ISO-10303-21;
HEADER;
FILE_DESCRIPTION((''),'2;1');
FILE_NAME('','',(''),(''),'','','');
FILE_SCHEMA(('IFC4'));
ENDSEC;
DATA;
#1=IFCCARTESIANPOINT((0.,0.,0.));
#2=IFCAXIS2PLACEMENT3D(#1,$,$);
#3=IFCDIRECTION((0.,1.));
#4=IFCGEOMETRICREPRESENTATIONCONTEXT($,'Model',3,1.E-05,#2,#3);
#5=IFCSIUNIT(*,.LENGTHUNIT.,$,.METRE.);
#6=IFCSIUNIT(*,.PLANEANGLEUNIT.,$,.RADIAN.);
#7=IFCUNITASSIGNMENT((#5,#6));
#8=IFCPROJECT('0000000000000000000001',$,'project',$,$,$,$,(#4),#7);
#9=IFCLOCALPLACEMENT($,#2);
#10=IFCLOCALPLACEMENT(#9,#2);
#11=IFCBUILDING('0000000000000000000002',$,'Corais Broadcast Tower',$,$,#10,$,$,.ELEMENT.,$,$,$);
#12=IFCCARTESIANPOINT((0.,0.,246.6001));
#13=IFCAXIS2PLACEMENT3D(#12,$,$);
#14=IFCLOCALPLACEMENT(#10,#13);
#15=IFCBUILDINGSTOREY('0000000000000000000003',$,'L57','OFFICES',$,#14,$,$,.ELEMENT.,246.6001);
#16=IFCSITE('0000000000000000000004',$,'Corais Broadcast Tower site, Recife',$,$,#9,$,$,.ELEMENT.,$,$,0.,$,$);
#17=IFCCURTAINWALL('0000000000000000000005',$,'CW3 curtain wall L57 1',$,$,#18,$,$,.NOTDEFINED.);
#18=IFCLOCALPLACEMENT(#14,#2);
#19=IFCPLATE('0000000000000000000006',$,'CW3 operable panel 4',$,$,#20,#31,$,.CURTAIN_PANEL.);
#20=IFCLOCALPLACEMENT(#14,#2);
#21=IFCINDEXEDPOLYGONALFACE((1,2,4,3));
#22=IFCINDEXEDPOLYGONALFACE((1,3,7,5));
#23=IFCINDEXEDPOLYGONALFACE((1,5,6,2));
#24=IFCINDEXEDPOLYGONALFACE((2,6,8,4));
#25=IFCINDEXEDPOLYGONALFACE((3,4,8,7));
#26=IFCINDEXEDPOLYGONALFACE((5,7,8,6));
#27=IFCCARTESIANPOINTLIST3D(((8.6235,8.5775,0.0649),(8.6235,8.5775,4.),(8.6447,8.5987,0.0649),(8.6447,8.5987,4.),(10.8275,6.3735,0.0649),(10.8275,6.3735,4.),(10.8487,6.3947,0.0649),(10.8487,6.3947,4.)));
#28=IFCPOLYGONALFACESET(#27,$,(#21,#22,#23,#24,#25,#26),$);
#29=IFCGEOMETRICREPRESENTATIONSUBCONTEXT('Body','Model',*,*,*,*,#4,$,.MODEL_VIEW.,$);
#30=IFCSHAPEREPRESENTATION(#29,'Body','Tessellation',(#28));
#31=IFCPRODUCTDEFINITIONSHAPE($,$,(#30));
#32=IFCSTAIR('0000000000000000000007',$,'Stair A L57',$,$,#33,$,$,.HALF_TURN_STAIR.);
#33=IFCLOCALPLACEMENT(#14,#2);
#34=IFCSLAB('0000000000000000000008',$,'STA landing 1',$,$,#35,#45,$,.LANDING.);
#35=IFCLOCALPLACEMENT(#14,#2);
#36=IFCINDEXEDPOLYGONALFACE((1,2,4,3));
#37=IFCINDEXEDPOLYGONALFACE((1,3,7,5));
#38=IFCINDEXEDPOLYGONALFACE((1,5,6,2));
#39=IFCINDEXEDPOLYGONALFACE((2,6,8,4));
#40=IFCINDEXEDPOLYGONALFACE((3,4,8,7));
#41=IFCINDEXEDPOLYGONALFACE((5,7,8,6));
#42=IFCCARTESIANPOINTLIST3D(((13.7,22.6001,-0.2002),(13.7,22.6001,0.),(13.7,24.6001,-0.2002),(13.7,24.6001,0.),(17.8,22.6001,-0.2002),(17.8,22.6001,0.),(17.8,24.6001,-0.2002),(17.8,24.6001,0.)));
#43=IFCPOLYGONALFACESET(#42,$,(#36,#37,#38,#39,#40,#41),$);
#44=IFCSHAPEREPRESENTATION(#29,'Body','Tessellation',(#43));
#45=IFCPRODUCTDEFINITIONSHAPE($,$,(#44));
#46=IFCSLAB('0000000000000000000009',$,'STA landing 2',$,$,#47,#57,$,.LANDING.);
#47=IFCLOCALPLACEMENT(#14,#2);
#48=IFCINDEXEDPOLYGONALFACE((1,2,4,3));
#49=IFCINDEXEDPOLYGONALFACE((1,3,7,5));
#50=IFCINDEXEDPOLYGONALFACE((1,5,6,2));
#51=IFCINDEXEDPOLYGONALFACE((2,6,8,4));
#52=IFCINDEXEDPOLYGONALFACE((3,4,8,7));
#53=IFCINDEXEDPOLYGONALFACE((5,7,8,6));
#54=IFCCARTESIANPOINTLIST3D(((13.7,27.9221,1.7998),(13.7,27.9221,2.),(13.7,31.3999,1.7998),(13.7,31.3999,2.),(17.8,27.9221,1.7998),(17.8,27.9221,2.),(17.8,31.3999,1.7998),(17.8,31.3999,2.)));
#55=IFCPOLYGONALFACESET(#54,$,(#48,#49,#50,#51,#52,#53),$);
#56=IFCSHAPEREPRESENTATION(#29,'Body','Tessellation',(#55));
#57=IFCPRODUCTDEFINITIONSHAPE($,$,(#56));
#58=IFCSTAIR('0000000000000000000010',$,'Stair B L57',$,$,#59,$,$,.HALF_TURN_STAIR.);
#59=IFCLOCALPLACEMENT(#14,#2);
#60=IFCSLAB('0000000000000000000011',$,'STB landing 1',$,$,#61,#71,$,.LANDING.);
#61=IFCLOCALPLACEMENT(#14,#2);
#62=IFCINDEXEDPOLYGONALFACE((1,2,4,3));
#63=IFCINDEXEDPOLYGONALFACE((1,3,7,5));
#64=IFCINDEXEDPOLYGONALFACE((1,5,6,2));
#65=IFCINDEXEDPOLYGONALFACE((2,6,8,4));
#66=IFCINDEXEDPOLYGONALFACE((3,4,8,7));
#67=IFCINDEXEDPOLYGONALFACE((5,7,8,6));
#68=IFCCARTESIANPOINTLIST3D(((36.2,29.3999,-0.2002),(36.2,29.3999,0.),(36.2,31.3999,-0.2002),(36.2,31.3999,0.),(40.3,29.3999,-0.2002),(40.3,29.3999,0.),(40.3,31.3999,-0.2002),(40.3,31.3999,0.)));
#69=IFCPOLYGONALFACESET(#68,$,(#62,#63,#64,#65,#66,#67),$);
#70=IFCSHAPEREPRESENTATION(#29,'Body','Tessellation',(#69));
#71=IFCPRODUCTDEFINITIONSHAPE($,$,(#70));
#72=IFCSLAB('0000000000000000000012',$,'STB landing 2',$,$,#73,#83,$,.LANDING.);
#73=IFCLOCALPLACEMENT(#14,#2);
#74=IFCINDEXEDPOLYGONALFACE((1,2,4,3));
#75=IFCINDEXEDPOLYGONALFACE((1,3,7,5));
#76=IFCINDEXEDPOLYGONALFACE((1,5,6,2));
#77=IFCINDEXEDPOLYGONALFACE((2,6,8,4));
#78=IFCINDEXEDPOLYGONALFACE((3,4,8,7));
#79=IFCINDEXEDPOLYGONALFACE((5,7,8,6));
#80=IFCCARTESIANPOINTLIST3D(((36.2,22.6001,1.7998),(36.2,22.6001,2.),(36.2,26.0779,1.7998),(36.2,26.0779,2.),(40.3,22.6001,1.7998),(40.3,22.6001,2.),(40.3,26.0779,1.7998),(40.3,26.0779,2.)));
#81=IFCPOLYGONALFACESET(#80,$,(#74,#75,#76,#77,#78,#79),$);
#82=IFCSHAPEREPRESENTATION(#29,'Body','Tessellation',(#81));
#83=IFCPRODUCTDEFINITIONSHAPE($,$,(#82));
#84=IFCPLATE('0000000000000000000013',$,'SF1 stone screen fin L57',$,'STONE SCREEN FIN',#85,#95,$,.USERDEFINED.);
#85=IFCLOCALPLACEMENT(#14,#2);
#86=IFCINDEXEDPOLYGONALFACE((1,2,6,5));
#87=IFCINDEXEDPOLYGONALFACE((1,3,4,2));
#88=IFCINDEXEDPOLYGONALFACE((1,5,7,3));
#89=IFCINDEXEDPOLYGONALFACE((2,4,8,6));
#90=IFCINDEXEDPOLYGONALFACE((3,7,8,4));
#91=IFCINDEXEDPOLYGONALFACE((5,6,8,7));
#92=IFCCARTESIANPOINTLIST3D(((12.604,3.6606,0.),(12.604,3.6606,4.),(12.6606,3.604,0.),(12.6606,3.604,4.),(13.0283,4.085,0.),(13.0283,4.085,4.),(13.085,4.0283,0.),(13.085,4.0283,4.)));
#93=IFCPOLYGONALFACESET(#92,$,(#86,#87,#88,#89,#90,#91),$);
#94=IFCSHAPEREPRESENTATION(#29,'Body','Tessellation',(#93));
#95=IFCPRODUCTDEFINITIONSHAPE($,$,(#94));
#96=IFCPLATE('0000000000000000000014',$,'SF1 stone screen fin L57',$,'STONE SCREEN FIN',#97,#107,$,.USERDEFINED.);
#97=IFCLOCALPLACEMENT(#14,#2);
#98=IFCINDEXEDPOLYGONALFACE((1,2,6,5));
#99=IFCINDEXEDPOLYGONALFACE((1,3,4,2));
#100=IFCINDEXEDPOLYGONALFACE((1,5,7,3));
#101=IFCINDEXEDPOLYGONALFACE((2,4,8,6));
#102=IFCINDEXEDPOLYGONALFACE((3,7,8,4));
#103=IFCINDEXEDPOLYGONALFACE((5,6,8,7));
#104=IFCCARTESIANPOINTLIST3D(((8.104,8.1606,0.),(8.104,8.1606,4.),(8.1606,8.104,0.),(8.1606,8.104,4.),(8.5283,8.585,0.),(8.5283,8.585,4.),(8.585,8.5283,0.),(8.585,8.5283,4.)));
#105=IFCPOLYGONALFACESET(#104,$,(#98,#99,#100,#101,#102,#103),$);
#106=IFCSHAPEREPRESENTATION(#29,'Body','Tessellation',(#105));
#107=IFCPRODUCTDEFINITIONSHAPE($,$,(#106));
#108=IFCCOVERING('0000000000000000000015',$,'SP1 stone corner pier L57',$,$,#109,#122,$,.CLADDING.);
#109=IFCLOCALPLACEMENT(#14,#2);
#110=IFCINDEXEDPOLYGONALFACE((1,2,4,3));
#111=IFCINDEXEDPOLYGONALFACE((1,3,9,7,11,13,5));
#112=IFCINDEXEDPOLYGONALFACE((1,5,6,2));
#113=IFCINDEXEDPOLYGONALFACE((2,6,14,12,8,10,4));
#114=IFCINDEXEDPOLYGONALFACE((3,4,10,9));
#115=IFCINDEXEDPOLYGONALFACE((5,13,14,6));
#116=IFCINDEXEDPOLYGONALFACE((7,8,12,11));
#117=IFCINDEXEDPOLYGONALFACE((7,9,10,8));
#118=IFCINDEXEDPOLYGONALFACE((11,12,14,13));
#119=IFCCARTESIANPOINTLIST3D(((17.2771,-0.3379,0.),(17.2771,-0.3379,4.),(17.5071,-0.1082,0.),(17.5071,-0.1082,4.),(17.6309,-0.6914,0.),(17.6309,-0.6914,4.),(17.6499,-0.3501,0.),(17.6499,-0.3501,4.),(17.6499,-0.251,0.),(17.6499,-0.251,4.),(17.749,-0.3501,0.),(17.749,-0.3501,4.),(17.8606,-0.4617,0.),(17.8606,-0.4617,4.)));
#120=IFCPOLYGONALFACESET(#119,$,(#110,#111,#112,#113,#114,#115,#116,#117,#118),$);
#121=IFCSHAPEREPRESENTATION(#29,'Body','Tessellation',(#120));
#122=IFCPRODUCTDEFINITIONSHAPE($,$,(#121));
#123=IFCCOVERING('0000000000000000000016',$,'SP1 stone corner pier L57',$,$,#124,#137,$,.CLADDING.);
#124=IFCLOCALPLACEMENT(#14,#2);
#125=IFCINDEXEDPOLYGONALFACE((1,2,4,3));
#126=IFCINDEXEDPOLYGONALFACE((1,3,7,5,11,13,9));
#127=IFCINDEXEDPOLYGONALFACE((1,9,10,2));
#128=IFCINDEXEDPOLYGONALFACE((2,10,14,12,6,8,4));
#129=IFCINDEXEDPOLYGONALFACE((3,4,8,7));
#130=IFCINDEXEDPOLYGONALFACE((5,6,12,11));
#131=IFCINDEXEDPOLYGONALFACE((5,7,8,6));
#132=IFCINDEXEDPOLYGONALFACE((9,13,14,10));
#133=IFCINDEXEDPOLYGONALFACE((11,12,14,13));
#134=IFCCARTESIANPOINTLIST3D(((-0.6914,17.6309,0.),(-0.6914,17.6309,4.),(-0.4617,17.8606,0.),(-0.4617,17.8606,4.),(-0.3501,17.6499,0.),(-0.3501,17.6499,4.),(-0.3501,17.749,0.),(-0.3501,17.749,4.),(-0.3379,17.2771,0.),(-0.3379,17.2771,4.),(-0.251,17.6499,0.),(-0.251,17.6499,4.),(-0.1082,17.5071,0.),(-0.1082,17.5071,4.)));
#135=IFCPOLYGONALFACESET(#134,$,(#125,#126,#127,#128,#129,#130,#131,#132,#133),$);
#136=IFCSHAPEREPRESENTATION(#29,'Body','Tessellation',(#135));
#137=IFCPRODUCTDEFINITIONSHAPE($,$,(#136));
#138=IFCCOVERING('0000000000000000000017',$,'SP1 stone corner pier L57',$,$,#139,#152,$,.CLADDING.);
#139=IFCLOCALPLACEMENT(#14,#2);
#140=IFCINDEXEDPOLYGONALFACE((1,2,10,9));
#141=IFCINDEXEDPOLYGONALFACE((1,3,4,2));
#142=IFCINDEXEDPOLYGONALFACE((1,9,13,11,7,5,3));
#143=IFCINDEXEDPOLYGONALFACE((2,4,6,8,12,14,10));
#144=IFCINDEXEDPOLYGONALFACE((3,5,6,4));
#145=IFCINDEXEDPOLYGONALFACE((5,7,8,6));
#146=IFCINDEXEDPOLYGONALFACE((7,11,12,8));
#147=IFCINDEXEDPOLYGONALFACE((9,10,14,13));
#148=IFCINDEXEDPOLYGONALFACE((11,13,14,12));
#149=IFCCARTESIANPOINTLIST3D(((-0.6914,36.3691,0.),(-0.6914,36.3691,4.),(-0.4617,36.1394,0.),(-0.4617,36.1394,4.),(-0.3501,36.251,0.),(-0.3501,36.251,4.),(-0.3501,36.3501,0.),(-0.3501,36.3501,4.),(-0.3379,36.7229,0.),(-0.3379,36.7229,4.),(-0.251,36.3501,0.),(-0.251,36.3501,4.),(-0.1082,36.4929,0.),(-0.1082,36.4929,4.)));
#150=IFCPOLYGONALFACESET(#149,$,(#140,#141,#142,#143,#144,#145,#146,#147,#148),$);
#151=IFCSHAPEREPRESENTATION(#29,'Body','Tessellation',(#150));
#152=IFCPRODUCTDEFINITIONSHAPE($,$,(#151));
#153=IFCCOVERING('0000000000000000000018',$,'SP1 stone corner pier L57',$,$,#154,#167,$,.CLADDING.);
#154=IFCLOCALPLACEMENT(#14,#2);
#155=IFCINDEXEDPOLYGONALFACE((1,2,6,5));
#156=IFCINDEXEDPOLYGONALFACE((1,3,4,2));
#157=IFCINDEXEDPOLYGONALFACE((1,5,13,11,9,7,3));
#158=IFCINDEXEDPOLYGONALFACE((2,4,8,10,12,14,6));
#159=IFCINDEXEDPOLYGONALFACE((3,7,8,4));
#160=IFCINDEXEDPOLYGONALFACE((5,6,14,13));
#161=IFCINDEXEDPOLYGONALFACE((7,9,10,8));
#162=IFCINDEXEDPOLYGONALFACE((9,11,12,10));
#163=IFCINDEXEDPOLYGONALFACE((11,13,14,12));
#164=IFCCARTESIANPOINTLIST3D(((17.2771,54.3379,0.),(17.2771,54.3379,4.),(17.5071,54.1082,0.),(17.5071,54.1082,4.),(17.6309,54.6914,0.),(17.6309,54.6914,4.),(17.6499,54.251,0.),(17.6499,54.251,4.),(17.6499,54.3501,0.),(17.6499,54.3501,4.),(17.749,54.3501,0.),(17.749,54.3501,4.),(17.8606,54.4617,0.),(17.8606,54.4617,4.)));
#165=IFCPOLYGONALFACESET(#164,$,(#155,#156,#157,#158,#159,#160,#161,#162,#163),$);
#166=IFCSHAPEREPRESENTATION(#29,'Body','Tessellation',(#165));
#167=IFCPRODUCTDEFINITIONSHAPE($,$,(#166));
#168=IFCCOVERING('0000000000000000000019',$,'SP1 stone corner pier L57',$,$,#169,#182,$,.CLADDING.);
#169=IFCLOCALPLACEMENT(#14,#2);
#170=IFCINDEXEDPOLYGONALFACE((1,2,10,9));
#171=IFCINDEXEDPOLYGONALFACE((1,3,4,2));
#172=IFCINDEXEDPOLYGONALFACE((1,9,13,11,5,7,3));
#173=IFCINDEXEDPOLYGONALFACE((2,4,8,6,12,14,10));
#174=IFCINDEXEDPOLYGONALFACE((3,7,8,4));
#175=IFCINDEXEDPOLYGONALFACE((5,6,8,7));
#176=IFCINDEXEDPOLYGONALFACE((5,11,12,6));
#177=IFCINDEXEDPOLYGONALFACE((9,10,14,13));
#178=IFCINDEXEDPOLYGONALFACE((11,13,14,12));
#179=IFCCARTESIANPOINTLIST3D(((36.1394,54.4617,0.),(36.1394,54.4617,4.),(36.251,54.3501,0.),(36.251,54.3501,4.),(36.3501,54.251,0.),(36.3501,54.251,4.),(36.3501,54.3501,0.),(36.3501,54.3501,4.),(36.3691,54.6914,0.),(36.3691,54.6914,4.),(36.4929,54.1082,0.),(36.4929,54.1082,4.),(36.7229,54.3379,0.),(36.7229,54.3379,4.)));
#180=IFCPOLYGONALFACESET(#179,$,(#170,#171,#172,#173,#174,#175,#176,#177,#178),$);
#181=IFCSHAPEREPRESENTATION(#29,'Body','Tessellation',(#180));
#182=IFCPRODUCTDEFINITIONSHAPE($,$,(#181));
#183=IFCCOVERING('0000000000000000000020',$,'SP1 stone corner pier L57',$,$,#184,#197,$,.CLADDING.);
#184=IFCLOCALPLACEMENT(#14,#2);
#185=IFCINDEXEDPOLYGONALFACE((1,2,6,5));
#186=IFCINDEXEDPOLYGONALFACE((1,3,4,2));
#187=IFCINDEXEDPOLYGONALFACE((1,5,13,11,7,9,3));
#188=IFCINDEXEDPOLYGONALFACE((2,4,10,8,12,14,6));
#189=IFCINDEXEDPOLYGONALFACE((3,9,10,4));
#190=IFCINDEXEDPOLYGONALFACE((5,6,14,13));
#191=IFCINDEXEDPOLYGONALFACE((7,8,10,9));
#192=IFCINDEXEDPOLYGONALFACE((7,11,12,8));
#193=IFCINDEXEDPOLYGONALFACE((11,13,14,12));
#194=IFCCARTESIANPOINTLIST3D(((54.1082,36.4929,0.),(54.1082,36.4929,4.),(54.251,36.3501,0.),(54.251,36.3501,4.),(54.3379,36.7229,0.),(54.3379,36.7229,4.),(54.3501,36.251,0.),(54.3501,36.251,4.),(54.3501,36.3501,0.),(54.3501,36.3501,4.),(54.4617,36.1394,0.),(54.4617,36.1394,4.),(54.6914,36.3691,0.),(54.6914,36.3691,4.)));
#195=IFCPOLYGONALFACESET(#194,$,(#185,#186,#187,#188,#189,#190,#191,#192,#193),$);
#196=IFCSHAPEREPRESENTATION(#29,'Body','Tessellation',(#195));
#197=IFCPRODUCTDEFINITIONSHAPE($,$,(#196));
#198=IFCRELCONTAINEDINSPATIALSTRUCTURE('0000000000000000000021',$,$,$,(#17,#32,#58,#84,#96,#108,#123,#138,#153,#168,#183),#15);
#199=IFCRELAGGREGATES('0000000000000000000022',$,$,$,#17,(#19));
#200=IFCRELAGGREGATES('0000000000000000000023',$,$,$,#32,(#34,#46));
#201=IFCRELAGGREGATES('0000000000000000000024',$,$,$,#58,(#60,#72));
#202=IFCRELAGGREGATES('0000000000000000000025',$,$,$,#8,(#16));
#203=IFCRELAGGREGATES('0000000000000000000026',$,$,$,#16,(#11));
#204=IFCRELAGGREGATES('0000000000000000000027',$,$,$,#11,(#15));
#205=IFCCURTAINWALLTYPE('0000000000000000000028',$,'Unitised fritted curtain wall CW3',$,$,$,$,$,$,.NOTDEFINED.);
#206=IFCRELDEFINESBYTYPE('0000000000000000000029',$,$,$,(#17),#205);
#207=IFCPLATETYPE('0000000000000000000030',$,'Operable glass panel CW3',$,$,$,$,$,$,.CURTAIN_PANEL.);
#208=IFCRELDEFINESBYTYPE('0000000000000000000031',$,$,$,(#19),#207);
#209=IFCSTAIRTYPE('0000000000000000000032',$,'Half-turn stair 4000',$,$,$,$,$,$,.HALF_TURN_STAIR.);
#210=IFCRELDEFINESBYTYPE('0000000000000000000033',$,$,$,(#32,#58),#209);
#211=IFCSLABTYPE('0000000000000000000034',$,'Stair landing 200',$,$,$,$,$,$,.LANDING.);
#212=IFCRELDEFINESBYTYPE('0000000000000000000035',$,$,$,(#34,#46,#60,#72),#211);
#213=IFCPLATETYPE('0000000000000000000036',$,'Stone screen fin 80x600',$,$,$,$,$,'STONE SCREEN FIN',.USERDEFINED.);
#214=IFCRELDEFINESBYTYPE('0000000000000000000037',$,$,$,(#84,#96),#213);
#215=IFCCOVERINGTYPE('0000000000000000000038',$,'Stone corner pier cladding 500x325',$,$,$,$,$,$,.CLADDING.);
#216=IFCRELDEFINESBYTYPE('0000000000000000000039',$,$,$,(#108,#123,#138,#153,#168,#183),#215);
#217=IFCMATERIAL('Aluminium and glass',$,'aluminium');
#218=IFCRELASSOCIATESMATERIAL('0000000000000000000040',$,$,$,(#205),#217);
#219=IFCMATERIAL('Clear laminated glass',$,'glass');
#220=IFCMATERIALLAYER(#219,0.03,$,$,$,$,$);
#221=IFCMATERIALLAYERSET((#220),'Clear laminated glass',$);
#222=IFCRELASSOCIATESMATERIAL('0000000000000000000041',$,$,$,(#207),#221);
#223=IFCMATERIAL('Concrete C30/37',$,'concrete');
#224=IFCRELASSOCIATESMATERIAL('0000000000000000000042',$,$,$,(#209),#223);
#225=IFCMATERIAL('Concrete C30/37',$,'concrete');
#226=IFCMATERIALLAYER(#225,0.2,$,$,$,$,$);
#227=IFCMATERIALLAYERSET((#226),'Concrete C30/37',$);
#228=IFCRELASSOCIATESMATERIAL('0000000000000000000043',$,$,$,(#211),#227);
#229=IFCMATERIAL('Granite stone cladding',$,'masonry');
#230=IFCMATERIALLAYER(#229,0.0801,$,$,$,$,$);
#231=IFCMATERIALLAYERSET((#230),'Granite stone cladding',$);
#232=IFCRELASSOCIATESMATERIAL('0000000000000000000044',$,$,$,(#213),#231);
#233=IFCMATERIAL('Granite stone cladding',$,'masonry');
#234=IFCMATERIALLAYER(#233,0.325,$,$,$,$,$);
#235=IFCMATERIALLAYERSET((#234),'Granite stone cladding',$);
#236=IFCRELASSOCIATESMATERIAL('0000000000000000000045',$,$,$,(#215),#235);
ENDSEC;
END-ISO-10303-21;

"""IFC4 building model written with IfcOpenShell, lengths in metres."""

from ifc_helpers import new_model, si_unit, direction, frame, origin, origin_2d, place, context, subcontext, project, spatial, polyline, rectangle, outline, extrude, material, layer, layer_set, type_object, element, aggregate, save


model = new_model("IFC4")

# Units and contexts
model_context = context("Model", 3, precision=1e-05, world=origin(), true_north=direction((0.0, 1.0)))
body_context = subcontext(model_context, "Body", "Model", "MODEL_VIEW")
ifc_project = project(units=[si_unit("LENGTHUNIT", "METRE"), si_unit("PLANEANGLEUNIT", "RADIAN")], contexts=[model_context])

# Site, building, storey
site_placement = place(None, origin())
site = spatial("IfcSite", under=ifc_project, at=site_placement, Name="Corais Broadcast Tower site, Recife", CompositionType="ELEMENT", RefElevation=0.0)
building_placement = place(site_placement, origin())
building = spatial("IfcBuilding", under=site, at=building_placement, Name="Corais Broadcast Tower", CompositionType="ELEMENT")
storey_placement = place(building_placement, frame((0.0, 0.0, 246.6001)))
storey = spatial("IfcBuildingStorey", under=building, at=storey_placement, Name="L57", Description="OFFICES", CompositionType="ELEMENT", Elevation=246.6001)

# Curtain wall
ifc_material_1 = material(Name="Aluminium and glass", Category="aluminium")
curtain_wall_type = type_object("IfcCurtainWallType", Name="Unitised fritted curtain wall CW3", PredefinedType="NOTDEFINED", material=ifc_material_1)
curtain_wall_placement = place(storey_placement, origin())
curtain_wall = element("IfcCurtainWall", 1, at=curtain_wall_placement, inside=storey, type_object=curtain_wall_type, Name="CW3 curtain wall L57 1", PredefinedType="NOTDEFINED")

# Plate
ifc_material_2 = material(Name="Clear laminated glass", Category="glass")
ifc_layer_1 = layer(ifc_material_2, 0.03)
ifc_layer_set_1 = layer_set([ifc_layer_1], Name="Clear laminated glass")
plate_type_1 = type_object("IfcPlateType", Name="Operable glass panel CW3", PredefinedType="CURTAIN_PANEL", material=ifc_layer_set_1)
plate_1_placement = place(storey_placement, frame((9.7361, 7.4861, 0.0649), z_axis=(0.0, 0.0, 1.0), x_axis=(-0.707107, 0.707107, 0.0)))
plate_1 = element("IfcPlate", 2, at=plate_1_placement, type_object=plate_type_1, Name="CW3 operable panel 4", PredefinedType="CURTAIN_PANEL", context=body_context, shape_type="SweptSolid", body=[
    extrude(rectangle(XDim=3.1169, YDim=0.03, at=origin_2d()), origin(), (0.0, 0.0, 1.0), 3.9351),
])
aggregate(curtain_wall, [plate_1])

# Stairs, slabs
ifc_material_3 = material(Name="Concrete C30/37", Category="concrete")
stair_type = type_object("IfcStairType", Name="Half-turn stair 4000", PredefinedType="HALF_TURN_STAIR", material=ifc_material_3)
stair_1_placement = place(storey_placement, origin())
stair_1 = element("IfcStair", 3, at=stair_1_placement, inside=storey, type_object=stair_type, Name="Stair A L57", PredefinedType="HALF_TURN_STAIR")
ifc_material_4 = material(Name="Concrete C30/37", Category="concrete")
ifc_layer_2 = layer(ifc_material_4, 0.2)
ifc_layer_set_2 = layer_set([ifc_layer_2], Name="Concrete C30/37")
slab_type_1 = type_object("IfcSlabType", Name="Stair landing 200", PredefinedType="LANDING", material=ifc_layer_set_2)
slab_1_placement = place(storey_placement, frame((0.0, 0.0, -0.2002)))
slab_1 = element("IfcSlab", 4, at=slab_1_placement, type_object=slab_type_1, Name="STA landing 1", PredefinedType="LANDING", context=body_context, shape_type="SweptSolid", body=[
    extrude(outline(polyline([(13.7, 22.6001), (17.8, 22.6001), (17.8, 24.6001), (13.7, 24.6001), (13.7, 22.6001)])), origin(), (0.0, 0.0, 1.0), 0.2002),
])
slab_2_placement = place(storey_placement, frame((0.0, 0.0, 1.7998)))
slab_2 = element("IfcSlab", 5, at=slab_2_placement, type_object=slab_type_1, Name="STA landing 2", PredefinedType="LANDING", context=body_context, shape_type="SweptSolid", body=[
    extrude(outline(polyline([(13.7, 27.9221), (17.8, 27.9221), (17.8, 31.3999), (13.7, 31.3999), (13.7, 27.9221)])), origin(), (0.0, 0.0, 1.0), 0.2002),
])
aggregate(stair_1, [slab_1, slab_2])
stair_2_placement = place(storey_placement, origin())
stair_2 = element("IfcStair", 6, at=stair_2_placement, inside=storey, type_object=stair_type, Name="Stair B L57", PredefinedType="HALF_TURN_STAIR")
slab_3_placement = place(storey_placement, frame((0.0, 0.0, -0.2002)))
slab_3 = element("IfcSlab", 7, at=slab_3_placement, type_object=slab_type_1, Name="STB landing 1", PredefinedType="LANDING", context=body_context, shape_type="SweptSolid", body=[
    extrude(outline(polyline([(36.2, 29.3999), (40.3, 29.3999), (40.3, 31.3999), (36.2, 31.3999), (36.2, 29.3999)])), origin(), (0.0, 0.0, 1.0), 0.2002),
])
slab_4_placement = place(storey_placement, frame((0.0, 0.0, 1.7998)))
slab_4 = element("IfcSlab", 8, at=slab_4_placement, type_object=slab_type_1, Name="STB landing 2", PredefinedType="LANDING", context=body_context, shape_type="SweptSolid", body=[
    extrude(outline(polyline([(36.2, 22.6001), (40.3, 22.6001), (40.3, 26.0779), (36.2, 26.0779), (36.2, 22.6001)])), origin(), (0.0, 0.0, 1.0), 0.2002),
])
aggregate(stair_2, [slab_3, slab_4])

# Plates
ifc_material_5 = material(Name="Granite stone cladding", Category="masonry")
ifc_layer_3 = layer(ifc_material_5, 0.0801)
ifc_layer_set_3 = layer_set([ifc_layer_3], Name="Granite stone cladding")
plate_type_2 = type_object("IfcPlateType", Name="Stone screen fin 80x600", ElementType="STONE SCREEN FIN", PredefinedType="USERDEFINED", material=ifc_layer_set_3)
for number, where, z_axis, x_axis, name in (
    (9, (12.8445, 3.8445, 0.0), (0.0, 0.0, 1.0), (-0.707107, 0.707107, 0.0), "SF1 stone screen fin L57"),
    (10, (8.3445, 8.3445, 0.0), (0.0, 0.0, 1.0), (-0.707107, 0.707107, 0.0), "SF1 stone screen fin L57"),
):
    element("IfcPlate", number, at=place(storey_placement, frame(where, z_axis=z_axis, x_axis=x_axis)), inside=storey, type_object=plate_type_2, Name=name, ObjectType="STONE SCREEN FIN", PredefinedType="USERDEFINED", context=body_context, shape_type="SweptSolid", body=[
        extrude(rectangle(XDim=0.0801, YDim=0.6001, at=origin_2d()), origin(), (0.0, 0.0, 1.0), 4.0),
    ])

# Coverings
ifc_material_6 = material(Name="Granite stone cladding", Category="masonry")
ifc_layer_4 = layer(ifc_material_6, 0.325)
ifc_layer_set_4 = layer_set([ifc_layer_4], Name="Granite stone cladding")
covering_type_1 = type_object("IfcCoveringType", Name="Stone corner pier cladding 500x325", PredefinedType="CLADDING", material=ifc_layer_set_4)
covering_1_placement = place(storey_placement, origin())
element("IfcCovering", 11, at=covering_1_placement, inside=storey, type_object=covering_type_1, Name="SP1 stone corner pier L57", PredefinedType="CLADDING", context=body_context, shape_type="SweptSolid", body=[
    extrude(outline(polyline([(17.8606, -0.4617), (17.749, -0.3501), (17.6499, -0.3501), (17.6499, -0.251), (17.5071, -0.1082), (17.2771, -0.3379), (17.6309, -0.6914), (17.8606, -0.4617)])), origin(), (0.0, 0.0, 1.0), 4.0),
])
covering_2_placement = place(storey_placement, origin())
element("IfcCovering", 12, at=covering_2_placement, inside=storey, type_object=covering_type_1, Name="SP1 stone corner pier L57", PredefinedType="CLADDING", context=body_context, shape_type="SweptSolid", body=[
    extrude(outline(polyline([(-0.3501, 17.749), (-0.4617, 17.8606), (-0.6914, 17.6309), (-0.3379, 17.2771), (-0.1082, 17.5071), (-0.251, 17.6499), (-0.3501, 17.6499), (-0.3501, 17.749)])), origin(), (0.0, 0.0, 1.0), 4.0),
])
covering_3_placement = place(storey_placement, origin())
element("IfcCovering", 13, at=covering_3_placement, inside=storey, type_object=covering_type_1, Name="SP1 stone corner pier L57", PredefinedType="CLADDING", context=body_context, shape_type="SweptSolid", body=[
    extrude(outline(polyline([(-0.4617, 36.1394), (-0.3501, 36.251), (-0.3501, 36.3501), (-0.251, 36.3501), (-0.1082, 36.4929), (-0.3379, 36.7229), (-0.6914, 36.3691), (-0.4617, 36.1394)])), origin(), (0.0, 0.0, 1.0), 4.0),
])
covering_4_placement = place(storey_placement, origin())
element("IfcCovering", 14, at=covering_4_placement, inside=storey, type_object=covering_type_1, Name="SP1 stone corner pier L57", PredefinedType="CLADDING", context=body_context, shape_type="SweptSolid", body=[
    extrude(outline(polyline([(17.749, 54.3501), (17.8606, 54.4617), (17.6309, 54.6914), (17.2771, 54.3379), (17.5071, 54.1082), (17.6499, 54.251), (17.6499, 54.3501), (17.749, 54.3501)])), origin(), (0.0, 0.0, 1.0), 4.0),
])
covering_5_placement = place(storey_placement, origin())
element("IfcCovering", 15, at=covering_5_placement, inside=storey, type_object=covering_type_1, Name="SP1 stone corner pier L57", PredefinedType="CLADDING", context=body_context, shape_type="SweptSolid", body=[
    extrude(outline(polyline([(36.1394, 54.4617), (36.251, 54.3501), (36.3501, 54.3501), (36.3501, 54.251), (36.4929, 54.1082), (36.7229, 54.3379), (36.3691, 54.6914), (36.1394, 54.4617)])), origin(), (0.0, 0.0, 1.0), 4.0),
])
covering_6_placement = place(storey_placement, origin())
element("IfcCovering", 16, at=covering_6_placement, inside=storey, type_object=covering_type_1, Name="SP1 stone corner pier L57", PredefinedType="CLADDING", context=body_context, shape_type="SweptSolid", body=[
    extrude(outline(polyline([(54.3501, 36.251), (54.4617, 36.1394), (54.6914, 36.3691), (54.3379, 36.7229), (54.1082, 36.4929), (54.251, 36.3501), (54.3501, 36.3501), (54.3501, 36.251)])), origin(), (0.0, 0.0, 1.0), 4.0),
])

save(model, "model.ifc")
